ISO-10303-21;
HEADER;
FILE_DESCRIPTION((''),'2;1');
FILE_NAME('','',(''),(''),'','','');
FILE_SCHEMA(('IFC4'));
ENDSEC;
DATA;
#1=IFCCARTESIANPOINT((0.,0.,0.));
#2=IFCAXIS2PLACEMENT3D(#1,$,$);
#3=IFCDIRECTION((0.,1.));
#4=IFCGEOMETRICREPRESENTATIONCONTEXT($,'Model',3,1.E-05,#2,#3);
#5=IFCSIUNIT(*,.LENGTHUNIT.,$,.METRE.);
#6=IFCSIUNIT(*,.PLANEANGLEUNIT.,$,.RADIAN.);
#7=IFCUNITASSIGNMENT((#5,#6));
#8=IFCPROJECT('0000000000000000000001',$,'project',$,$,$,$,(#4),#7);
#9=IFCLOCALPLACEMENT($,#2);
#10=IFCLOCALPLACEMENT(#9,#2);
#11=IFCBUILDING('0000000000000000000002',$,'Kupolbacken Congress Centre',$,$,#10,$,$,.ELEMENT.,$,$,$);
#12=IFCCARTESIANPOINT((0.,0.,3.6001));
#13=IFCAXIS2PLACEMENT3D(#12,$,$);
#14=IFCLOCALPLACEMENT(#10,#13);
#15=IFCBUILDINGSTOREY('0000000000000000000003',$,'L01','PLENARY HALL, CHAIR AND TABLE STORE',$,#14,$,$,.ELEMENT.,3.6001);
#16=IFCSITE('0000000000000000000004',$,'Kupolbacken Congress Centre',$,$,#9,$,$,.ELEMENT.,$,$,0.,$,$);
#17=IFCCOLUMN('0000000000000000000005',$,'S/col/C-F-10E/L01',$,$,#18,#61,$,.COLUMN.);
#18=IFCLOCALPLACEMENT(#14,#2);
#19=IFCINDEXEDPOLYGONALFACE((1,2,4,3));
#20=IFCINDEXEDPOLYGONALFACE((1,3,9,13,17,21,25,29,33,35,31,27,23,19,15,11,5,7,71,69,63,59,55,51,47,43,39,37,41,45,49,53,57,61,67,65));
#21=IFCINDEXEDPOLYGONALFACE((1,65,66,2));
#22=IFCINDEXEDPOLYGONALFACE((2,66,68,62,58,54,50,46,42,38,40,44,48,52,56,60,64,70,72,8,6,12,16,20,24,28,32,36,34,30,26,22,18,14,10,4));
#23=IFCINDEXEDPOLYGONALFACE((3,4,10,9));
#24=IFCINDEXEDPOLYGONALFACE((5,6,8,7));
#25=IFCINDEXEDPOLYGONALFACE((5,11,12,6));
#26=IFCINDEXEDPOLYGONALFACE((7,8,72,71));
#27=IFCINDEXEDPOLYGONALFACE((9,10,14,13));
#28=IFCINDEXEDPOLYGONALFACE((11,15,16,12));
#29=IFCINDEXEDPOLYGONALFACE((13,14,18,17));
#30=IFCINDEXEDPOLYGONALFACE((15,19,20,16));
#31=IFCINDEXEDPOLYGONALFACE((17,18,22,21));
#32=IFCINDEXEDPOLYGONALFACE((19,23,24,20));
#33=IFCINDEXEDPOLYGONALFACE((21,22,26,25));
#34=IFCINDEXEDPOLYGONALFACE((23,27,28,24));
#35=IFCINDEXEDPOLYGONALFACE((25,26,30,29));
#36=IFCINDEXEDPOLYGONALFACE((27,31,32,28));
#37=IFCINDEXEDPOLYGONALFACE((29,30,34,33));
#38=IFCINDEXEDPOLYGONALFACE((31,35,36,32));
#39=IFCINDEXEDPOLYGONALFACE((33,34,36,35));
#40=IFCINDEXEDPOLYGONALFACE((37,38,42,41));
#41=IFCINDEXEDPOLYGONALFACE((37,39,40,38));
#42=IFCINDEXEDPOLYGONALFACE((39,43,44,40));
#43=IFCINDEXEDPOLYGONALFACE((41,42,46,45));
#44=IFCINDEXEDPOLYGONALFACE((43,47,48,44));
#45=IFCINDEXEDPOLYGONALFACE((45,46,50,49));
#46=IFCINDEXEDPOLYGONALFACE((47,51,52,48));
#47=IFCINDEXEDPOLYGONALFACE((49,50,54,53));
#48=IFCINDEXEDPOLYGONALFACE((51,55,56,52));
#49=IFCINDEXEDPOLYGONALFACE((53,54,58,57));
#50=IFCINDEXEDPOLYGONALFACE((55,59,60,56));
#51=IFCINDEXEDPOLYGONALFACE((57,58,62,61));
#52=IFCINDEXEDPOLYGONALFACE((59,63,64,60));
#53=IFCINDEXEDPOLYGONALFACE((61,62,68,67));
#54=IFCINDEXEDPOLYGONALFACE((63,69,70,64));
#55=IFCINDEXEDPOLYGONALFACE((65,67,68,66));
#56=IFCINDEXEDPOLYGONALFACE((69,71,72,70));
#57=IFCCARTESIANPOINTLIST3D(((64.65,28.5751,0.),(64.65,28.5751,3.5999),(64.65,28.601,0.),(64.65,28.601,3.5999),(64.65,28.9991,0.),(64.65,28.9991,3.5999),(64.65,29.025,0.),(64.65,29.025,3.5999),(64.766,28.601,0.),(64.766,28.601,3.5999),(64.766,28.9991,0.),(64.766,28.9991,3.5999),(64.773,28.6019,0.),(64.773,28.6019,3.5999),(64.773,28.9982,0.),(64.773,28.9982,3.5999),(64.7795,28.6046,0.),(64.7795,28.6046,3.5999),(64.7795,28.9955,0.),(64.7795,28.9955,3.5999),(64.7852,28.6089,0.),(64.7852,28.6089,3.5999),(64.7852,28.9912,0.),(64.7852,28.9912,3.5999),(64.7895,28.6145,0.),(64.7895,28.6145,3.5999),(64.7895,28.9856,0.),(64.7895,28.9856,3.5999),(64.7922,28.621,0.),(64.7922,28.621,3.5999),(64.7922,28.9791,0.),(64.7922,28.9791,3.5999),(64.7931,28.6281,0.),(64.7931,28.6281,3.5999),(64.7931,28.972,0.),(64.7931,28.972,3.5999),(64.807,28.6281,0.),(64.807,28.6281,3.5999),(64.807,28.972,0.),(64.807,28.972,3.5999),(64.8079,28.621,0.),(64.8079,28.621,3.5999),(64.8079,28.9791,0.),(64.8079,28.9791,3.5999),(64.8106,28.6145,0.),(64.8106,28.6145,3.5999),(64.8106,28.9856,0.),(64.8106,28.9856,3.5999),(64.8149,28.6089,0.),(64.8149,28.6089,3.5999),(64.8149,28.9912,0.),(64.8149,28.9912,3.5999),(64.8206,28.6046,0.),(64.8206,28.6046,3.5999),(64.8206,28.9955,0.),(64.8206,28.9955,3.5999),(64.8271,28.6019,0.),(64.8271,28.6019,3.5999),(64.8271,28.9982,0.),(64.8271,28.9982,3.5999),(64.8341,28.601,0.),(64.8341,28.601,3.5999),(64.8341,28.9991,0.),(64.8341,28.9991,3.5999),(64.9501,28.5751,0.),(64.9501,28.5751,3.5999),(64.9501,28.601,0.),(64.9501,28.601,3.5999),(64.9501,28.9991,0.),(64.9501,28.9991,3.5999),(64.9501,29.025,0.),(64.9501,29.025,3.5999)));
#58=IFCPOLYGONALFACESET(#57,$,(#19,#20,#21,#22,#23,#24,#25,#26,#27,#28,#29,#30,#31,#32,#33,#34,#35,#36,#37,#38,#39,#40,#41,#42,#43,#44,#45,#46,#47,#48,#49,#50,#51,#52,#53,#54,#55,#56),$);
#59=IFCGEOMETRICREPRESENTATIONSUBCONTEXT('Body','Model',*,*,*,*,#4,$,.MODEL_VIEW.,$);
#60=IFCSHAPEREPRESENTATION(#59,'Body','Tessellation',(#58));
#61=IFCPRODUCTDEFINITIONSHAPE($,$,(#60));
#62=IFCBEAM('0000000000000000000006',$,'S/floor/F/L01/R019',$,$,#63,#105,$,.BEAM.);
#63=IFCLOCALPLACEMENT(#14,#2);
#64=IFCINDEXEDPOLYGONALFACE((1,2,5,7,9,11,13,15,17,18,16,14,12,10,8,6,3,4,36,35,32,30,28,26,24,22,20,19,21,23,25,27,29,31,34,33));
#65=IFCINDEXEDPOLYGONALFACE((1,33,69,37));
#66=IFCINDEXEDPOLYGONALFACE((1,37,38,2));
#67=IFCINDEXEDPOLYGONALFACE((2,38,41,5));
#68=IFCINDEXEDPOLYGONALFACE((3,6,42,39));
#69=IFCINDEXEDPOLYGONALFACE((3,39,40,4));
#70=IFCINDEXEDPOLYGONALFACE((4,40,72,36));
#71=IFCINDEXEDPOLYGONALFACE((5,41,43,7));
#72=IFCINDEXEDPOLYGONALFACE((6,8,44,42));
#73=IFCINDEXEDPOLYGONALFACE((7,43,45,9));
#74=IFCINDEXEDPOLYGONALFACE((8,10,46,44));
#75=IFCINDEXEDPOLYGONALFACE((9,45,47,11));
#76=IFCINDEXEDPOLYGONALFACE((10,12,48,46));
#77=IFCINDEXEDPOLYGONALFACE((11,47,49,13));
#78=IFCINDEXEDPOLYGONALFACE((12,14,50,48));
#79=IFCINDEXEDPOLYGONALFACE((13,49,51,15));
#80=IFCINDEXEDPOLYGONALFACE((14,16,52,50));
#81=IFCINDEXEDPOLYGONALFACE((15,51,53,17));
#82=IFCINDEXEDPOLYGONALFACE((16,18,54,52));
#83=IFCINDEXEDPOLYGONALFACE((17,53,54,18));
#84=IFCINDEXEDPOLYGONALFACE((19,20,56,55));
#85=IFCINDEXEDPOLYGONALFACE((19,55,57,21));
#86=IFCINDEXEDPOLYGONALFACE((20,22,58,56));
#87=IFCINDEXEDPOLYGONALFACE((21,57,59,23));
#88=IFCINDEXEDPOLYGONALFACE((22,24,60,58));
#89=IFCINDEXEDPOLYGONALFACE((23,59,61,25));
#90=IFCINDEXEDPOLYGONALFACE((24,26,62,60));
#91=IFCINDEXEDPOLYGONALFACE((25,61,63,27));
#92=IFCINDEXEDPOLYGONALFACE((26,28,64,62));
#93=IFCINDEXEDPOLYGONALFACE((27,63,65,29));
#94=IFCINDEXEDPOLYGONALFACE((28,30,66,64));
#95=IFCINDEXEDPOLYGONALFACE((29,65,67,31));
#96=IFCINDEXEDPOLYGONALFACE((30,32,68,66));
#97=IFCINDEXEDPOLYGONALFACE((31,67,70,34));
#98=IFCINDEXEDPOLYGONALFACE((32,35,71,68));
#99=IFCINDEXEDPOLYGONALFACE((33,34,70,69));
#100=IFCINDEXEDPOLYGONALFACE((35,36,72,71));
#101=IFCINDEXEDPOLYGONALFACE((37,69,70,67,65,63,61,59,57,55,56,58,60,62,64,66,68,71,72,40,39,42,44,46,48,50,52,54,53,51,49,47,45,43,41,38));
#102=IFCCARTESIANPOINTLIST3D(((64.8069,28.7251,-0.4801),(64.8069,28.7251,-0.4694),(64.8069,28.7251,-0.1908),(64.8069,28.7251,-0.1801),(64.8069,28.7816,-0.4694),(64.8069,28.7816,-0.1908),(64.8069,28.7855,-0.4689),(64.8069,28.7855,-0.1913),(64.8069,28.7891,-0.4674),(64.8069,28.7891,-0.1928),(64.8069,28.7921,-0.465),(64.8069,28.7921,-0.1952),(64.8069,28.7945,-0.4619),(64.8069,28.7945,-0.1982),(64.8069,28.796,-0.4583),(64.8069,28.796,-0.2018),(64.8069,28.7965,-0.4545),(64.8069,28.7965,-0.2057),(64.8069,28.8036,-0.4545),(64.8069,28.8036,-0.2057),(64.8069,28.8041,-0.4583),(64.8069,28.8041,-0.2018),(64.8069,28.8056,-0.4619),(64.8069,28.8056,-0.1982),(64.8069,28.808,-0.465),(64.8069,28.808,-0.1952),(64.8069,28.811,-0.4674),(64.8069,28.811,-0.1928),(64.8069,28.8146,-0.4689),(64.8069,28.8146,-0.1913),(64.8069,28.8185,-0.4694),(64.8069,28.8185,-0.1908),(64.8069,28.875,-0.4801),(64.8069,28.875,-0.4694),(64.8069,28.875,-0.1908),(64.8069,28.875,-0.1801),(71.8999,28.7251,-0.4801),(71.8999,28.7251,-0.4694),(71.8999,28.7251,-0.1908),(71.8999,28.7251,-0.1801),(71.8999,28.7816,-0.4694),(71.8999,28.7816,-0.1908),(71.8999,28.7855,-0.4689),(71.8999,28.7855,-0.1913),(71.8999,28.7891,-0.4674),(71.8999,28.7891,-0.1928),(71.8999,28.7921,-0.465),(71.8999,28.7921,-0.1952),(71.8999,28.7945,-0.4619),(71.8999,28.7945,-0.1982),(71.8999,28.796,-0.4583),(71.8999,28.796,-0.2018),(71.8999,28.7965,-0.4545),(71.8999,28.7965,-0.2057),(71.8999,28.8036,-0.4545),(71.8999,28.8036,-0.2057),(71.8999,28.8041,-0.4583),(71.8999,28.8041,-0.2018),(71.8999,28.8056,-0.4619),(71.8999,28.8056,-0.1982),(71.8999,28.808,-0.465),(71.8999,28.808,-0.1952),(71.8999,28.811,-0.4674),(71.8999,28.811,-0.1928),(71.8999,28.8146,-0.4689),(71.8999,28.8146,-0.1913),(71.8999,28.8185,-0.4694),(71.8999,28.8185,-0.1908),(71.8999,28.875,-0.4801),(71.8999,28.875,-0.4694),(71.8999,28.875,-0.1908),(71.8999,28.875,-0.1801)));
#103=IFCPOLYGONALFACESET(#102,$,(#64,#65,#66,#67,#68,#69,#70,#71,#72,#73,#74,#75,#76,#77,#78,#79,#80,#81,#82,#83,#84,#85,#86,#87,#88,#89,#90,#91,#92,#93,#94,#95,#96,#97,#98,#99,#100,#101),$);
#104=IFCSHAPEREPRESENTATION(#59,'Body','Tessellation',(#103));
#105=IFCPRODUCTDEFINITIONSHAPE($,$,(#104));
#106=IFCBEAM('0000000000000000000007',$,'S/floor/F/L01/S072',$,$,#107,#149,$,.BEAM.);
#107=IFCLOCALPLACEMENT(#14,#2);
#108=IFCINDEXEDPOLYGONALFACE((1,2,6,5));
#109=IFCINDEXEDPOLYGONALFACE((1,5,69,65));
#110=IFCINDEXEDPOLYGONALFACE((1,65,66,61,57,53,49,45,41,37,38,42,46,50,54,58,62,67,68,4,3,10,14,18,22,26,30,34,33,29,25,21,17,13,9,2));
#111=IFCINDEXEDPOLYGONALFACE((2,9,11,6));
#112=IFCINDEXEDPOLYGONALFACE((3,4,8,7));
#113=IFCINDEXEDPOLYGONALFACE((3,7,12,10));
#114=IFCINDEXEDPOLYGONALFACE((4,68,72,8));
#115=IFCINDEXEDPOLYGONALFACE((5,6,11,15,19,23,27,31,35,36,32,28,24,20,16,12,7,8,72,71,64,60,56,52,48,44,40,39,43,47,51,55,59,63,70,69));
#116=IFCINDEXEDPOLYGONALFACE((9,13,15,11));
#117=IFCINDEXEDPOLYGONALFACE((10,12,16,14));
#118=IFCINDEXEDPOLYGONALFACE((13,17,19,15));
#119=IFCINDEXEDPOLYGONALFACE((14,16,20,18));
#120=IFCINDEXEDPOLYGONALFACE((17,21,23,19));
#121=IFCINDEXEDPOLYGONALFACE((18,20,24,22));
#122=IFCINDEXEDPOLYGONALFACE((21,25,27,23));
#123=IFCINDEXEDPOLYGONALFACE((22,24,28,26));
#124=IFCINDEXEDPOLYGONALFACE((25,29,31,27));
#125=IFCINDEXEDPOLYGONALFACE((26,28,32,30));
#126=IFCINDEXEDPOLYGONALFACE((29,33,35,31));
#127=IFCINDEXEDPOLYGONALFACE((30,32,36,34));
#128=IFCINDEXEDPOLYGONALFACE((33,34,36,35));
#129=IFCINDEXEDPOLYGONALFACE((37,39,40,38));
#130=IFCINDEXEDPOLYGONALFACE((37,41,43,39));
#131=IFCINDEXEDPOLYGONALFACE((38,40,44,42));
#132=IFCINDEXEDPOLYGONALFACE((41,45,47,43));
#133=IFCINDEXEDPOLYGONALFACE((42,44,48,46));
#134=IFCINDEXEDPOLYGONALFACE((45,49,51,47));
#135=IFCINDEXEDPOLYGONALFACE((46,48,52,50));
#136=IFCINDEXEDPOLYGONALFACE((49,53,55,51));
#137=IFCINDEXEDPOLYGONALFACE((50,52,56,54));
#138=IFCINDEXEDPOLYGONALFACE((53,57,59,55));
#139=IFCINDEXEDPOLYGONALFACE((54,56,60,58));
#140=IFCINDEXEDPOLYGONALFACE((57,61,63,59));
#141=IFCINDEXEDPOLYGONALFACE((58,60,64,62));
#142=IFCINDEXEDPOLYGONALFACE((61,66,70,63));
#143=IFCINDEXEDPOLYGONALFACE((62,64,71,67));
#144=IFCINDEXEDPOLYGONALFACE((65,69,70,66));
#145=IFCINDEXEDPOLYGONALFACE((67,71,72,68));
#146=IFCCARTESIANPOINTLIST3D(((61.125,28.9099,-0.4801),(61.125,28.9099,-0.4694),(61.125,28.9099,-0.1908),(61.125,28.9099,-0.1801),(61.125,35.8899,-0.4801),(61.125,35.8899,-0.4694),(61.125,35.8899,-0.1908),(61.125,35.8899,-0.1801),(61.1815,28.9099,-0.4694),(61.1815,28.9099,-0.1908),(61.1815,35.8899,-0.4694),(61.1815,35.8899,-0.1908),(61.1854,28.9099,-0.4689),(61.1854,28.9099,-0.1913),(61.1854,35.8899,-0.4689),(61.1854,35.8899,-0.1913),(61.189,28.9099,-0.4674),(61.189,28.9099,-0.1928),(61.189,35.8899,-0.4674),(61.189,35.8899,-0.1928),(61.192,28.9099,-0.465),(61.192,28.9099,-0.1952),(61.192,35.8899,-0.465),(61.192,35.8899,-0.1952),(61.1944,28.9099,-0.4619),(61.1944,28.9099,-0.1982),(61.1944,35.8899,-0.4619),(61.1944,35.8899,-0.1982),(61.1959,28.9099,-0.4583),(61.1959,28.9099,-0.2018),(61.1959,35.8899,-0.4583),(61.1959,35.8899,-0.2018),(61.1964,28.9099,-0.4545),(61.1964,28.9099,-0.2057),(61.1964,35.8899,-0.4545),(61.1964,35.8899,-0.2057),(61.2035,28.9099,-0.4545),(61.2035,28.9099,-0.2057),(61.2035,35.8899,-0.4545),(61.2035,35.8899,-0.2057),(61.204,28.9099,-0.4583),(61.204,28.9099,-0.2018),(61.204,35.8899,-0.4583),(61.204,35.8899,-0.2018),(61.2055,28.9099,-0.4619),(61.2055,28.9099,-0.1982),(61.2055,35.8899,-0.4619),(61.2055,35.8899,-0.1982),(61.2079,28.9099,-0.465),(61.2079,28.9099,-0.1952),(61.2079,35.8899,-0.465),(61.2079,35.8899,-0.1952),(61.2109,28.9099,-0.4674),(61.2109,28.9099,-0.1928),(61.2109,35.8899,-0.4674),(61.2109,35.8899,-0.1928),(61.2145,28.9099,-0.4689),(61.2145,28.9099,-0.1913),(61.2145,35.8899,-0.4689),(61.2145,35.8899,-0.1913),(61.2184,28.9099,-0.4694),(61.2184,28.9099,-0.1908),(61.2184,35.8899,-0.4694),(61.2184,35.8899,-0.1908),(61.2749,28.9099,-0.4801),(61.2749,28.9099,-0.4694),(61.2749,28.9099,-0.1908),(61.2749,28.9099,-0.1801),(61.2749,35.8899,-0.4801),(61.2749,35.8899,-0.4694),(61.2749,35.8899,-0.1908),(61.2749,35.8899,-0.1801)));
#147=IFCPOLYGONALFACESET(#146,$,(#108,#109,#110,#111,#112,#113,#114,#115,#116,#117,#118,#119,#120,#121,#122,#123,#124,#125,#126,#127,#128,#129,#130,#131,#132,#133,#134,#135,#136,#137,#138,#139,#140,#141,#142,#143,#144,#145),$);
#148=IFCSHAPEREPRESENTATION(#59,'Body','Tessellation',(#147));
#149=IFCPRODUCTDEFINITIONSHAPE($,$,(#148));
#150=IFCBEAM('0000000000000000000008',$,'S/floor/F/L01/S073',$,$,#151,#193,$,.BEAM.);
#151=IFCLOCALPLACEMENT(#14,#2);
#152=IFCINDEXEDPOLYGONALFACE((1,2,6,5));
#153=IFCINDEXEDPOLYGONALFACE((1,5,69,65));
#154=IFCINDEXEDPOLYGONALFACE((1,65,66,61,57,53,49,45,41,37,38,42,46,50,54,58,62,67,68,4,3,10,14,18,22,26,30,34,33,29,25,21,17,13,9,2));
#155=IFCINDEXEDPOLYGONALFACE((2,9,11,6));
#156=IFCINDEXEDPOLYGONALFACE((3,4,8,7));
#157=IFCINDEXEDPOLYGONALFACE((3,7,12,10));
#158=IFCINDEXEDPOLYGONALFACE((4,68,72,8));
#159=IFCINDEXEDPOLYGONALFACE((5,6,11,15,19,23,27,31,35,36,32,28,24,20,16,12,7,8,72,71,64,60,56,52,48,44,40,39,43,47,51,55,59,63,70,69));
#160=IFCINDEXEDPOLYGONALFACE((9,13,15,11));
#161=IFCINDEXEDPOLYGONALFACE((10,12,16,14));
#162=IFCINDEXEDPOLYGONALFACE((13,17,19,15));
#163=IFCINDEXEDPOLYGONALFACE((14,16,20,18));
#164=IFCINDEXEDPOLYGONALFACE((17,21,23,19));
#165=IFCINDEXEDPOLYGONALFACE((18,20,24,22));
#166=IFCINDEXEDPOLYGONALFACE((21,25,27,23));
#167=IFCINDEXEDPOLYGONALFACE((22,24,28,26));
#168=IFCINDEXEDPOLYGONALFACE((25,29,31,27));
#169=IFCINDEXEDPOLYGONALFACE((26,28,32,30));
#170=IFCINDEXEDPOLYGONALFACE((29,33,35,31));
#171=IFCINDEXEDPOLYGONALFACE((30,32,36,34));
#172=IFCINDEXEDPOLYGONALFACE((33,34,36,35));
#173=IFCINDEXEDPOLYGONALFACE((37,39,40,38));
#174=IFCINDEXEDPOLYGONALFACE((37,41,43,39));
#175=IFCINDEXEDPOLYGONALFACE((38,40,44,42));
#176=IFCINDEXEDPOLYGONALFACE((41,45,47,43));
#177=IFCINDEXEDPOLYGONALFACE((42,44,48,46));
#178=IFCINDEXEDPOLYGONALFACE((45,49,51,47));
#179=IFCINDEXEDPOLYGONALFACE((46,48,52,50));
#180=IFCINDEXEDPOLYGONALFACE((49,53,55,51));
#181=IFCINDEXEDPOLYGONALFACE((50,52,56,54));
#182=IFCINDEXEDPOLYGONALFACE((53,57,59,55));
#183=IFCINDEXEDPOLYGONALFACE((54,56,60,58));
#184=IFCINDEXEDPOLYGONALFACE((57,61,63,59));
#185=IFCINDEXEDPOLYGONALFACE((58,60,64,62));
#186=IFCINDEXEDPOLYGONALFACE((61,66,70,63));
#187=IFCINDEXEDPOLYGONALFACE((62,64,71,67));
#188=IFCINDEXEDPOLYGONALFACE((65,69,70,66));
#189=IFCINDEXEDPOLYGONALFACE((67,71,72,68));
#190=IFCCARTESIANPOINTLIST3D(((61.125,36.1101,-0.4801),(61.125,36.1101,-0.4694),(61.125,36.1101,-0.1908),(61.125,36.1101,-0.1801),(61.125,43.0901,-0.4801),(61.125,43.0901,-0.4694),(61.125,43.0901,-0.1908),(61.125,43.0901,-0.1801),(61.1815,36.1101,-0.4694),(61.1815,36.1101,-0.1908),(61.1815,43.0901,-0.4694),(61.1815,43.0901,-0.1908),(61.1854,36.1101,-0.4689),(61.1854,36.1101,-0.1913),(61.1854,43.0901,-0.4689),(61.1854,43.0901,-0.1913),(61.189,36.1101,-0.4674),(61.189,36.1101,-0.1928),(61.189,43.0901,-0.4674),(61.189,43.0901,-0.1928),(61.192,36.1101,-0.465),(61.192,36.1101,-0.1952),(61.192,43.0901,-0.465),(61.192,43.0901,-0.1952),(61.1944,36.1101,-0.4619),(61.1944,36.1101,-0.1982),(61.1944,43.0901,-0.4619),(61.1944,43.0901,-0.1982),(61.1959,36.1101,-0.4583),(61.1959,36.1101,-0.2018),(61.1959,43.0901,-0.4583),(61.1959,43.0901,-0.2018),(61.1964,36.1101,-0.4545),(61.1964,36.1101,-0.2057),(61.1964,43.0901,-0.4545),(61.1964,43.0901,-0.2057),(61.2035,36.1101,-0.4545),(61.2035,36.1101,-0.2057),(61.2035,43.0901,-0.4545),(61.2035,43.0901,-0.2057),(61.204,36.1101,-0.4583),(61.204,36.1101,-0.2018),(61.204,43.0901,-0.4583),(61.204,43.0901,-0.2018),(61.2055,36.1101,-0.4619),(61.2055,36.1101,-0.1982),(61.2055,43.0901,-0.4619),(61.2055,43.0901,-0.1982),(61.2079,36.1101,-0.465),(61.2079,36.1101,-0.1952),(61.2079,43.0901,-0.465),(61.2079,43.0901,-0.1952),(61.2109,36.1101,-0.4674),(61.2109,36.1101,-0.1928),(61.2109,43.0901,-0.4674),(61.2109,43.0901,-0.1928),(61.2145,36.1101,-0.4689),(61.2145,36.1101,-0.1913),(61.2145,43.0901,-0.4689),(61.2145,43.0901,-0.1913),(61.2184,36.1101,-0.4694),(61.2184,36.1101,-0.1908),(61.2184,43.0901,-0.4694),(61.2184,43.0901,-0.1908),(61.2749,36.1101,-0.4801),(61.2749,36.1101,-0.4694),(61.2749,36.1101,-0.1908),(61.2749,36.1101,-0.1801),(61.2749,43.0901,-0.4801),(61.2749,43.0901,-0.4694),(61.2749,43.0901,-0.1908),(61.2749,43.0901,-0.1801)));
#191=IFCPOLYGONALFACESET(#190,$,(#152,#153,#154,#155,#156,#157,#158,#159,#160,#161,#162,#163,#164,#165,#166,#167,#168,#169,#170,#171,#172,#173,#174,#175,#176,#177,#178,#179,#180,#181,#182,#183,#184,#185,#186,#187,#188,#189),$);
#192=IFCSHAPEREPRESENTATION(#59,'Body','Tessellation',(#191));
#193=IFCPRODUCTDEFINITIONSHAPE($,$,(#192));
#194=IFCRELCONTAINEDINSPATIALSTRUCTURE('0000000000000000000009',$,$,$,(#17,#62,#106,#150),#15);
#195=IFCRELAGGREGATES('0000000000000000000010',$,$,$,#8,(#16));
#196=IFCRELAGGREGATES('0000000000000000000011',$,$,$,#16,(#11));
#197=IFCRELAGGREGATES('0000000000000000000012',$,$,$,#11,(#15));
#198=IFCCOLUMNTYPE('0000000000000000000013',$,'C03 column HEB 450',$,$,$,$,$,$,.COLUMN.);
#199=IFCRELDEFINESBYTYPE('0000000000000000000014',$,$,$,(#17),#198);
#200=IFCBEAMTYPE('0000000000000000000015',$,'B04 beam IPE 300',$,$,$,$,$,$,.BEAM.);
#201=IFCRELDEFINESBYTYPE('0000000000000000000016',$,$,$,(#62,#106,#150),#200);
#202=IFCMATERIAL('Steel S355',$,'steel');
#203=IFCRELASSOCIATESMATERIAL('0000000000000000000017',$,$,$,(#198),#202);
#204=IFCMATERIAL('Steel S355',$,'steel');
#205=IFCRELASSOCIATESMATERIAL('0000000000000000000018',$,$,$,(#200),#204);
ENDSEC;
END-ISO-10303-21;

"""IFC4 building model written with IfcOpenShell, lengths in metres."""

from ifc_helpers import new_model, si_unit, direction, frame, origin, origin_2d, place, context, subcontext, project, spatial, i_section, extrude, material, material_profile, profile_set, type_object, element, save


model = new_model("IFC4")

# Units and contexts
model_context = context("Model", 3, precision=1e-05, world=origin(), true_north=direction((0.0, 1.0)))
body_context = subcontext(model_context, "Body", "Model", "MODEL_VIEW")
ifc_project = project(units=[si_unit("LENGTHUNIT", "METRE"), si_unit("PLANEANGLEUNIT", "RADIAN")], contexts=[model_context])

# Site, building, storey
site_placement = place(None, origin())
site = spatial("IfcSite", under=ifc_project, at=site_placement, Name="Kupolbacken Congress Centre", CompositionType="ELEMENT", RefElevation=0.0)
building_placement = place(site_placement, origin())
building = spatial("IfcBuilding", under=site, at=building_placement, Name="Kupolbacken Congress Centre", CompositionType="ELEMENT")
storey_placement = place(building_placement, frame((0.0, 0.0, 3.6001)))
storey = spatial("IfcBuildingStorey", under=building, at=storey_placement, Name="L01", Description="PLENARY HALL, CHAIR AND TABLE STORE", CompositionType="ELEMENT", Elevation=3.6001)

# Column
ifc_material_1 = material(Name="Steel S355", Category="steel")
ifc_material_profile_1 = material_profile(ifc_material_1, i_section(OverallWidth=0.3, OverallDepth=0.45, WebThickness=0.0139, FlangeThickness=0.0259, FilletRadius=0.0271, at=origin_2d()), Name="HEB 450")
ifc_profile_set_1 = profile_set([ifc_material_profile_1], Name="Steel S355")
column_type = type_object("IfcColumnType", Name="C03 column HEB 450", PredefinedType="COLUMN", material=ifc_profile_set_1)
column_placement = place(storey_placement, frame((64.8, 28.8, 0.0), z_axis=(0.0, 0.0, 1.0), x_axis=(1.0, 0.0, 0.0)))
element("IfcColumn", 1, at=column_placement, inside=storey, type_object=column_type, Name="S/col/C-F-10E/L01", PredefinedType="COLUMN", context=body_context, shape_type="SweptSolid", body=[
    extrude(i_section(OverallWidth=0.3, OverallDepth=0.45, WebThickness=0.0139, FlangeThickness=0.0259, FilletRadius=0.0271, at=origin_2d()), origin(), (0.0, 0.0, 1.0), 3.5999),
])

# Beams
ifc_material_2 = material(Name="Steel S355", Category="steel")
ifc_material_profile_2 = material_profile(ifc_material_2, i_section(OverallWidth=0.1499, OverallDepth=0.3, WebThickness=0.0071, FlangeThickness=0.0107, FilletRadius=0.0149, at=origin_2d()), Name="IPE 300")
ifc_profile_set_2 = profile_set([ifc_material_profile_2], Name="Steel S355")
beam_type_1 = type_object("IfcBeamType", Name="B04 beam IPE 300", PredefinedType="BEAM", material=ifc_profile_set_2)
beam_1_placement = place(storey_placement, frame((64.8069, 28.8, -0.3301), z_axis=(1.0, 0.0, 0.0), x_axis=(0.0, 1.0, 0.0)))
element("IfcBeam", 2, at=beam_1_placement, inside=storey, type_object=beam_type_1, Name="S/floor/F/L01/R019", PredefinedType="BEAM", context=body_context, shape_type="SweptSolid", body=[
    extrude(i_section(OverallWidth=0.1499, OverallDepth=0.3, WebThickness=0.0071, FlangeThickness=0.0107, FilletRadius=0.0149, at=origin_2d()), origin(), (0.0, 0.0, 1.0), 7.093),
])
for number, where, z_axis, x_axis, name in (
    (3, (61.2, 28.9099, -0.3301), (0.0, 1.0, 0.0), (-1.0, 0.0, 0.0), "S/floor/F/L01/S072"),
    (4, (61.2, 36.1101, -0.3301), (0.0, 1.0, 0.0), (-1.0, 0.0, 0.0), "S/floor/F/L01/S073"),
):
    element("IfcBeam", number, at=place(storey_placement, frame(where, z_axis=z_axis, x_axis=x_axis)), inside=storey, type_object=beam_type_1, Name=name, PredefinedType="BEAM", context=body_context, shape_type="SweptSolid", body=[
        extrude(i_section(OverallWidth=0.1499, OverallDepth=0.3, WebThickness=0.0071, FlangeThickness=0.0107, FilletRadius=0.0149, at=origin_2d()), origin(), (0.0, 0.0, 1.0), 6.98),
    ])

save(model, "model.ifc")
